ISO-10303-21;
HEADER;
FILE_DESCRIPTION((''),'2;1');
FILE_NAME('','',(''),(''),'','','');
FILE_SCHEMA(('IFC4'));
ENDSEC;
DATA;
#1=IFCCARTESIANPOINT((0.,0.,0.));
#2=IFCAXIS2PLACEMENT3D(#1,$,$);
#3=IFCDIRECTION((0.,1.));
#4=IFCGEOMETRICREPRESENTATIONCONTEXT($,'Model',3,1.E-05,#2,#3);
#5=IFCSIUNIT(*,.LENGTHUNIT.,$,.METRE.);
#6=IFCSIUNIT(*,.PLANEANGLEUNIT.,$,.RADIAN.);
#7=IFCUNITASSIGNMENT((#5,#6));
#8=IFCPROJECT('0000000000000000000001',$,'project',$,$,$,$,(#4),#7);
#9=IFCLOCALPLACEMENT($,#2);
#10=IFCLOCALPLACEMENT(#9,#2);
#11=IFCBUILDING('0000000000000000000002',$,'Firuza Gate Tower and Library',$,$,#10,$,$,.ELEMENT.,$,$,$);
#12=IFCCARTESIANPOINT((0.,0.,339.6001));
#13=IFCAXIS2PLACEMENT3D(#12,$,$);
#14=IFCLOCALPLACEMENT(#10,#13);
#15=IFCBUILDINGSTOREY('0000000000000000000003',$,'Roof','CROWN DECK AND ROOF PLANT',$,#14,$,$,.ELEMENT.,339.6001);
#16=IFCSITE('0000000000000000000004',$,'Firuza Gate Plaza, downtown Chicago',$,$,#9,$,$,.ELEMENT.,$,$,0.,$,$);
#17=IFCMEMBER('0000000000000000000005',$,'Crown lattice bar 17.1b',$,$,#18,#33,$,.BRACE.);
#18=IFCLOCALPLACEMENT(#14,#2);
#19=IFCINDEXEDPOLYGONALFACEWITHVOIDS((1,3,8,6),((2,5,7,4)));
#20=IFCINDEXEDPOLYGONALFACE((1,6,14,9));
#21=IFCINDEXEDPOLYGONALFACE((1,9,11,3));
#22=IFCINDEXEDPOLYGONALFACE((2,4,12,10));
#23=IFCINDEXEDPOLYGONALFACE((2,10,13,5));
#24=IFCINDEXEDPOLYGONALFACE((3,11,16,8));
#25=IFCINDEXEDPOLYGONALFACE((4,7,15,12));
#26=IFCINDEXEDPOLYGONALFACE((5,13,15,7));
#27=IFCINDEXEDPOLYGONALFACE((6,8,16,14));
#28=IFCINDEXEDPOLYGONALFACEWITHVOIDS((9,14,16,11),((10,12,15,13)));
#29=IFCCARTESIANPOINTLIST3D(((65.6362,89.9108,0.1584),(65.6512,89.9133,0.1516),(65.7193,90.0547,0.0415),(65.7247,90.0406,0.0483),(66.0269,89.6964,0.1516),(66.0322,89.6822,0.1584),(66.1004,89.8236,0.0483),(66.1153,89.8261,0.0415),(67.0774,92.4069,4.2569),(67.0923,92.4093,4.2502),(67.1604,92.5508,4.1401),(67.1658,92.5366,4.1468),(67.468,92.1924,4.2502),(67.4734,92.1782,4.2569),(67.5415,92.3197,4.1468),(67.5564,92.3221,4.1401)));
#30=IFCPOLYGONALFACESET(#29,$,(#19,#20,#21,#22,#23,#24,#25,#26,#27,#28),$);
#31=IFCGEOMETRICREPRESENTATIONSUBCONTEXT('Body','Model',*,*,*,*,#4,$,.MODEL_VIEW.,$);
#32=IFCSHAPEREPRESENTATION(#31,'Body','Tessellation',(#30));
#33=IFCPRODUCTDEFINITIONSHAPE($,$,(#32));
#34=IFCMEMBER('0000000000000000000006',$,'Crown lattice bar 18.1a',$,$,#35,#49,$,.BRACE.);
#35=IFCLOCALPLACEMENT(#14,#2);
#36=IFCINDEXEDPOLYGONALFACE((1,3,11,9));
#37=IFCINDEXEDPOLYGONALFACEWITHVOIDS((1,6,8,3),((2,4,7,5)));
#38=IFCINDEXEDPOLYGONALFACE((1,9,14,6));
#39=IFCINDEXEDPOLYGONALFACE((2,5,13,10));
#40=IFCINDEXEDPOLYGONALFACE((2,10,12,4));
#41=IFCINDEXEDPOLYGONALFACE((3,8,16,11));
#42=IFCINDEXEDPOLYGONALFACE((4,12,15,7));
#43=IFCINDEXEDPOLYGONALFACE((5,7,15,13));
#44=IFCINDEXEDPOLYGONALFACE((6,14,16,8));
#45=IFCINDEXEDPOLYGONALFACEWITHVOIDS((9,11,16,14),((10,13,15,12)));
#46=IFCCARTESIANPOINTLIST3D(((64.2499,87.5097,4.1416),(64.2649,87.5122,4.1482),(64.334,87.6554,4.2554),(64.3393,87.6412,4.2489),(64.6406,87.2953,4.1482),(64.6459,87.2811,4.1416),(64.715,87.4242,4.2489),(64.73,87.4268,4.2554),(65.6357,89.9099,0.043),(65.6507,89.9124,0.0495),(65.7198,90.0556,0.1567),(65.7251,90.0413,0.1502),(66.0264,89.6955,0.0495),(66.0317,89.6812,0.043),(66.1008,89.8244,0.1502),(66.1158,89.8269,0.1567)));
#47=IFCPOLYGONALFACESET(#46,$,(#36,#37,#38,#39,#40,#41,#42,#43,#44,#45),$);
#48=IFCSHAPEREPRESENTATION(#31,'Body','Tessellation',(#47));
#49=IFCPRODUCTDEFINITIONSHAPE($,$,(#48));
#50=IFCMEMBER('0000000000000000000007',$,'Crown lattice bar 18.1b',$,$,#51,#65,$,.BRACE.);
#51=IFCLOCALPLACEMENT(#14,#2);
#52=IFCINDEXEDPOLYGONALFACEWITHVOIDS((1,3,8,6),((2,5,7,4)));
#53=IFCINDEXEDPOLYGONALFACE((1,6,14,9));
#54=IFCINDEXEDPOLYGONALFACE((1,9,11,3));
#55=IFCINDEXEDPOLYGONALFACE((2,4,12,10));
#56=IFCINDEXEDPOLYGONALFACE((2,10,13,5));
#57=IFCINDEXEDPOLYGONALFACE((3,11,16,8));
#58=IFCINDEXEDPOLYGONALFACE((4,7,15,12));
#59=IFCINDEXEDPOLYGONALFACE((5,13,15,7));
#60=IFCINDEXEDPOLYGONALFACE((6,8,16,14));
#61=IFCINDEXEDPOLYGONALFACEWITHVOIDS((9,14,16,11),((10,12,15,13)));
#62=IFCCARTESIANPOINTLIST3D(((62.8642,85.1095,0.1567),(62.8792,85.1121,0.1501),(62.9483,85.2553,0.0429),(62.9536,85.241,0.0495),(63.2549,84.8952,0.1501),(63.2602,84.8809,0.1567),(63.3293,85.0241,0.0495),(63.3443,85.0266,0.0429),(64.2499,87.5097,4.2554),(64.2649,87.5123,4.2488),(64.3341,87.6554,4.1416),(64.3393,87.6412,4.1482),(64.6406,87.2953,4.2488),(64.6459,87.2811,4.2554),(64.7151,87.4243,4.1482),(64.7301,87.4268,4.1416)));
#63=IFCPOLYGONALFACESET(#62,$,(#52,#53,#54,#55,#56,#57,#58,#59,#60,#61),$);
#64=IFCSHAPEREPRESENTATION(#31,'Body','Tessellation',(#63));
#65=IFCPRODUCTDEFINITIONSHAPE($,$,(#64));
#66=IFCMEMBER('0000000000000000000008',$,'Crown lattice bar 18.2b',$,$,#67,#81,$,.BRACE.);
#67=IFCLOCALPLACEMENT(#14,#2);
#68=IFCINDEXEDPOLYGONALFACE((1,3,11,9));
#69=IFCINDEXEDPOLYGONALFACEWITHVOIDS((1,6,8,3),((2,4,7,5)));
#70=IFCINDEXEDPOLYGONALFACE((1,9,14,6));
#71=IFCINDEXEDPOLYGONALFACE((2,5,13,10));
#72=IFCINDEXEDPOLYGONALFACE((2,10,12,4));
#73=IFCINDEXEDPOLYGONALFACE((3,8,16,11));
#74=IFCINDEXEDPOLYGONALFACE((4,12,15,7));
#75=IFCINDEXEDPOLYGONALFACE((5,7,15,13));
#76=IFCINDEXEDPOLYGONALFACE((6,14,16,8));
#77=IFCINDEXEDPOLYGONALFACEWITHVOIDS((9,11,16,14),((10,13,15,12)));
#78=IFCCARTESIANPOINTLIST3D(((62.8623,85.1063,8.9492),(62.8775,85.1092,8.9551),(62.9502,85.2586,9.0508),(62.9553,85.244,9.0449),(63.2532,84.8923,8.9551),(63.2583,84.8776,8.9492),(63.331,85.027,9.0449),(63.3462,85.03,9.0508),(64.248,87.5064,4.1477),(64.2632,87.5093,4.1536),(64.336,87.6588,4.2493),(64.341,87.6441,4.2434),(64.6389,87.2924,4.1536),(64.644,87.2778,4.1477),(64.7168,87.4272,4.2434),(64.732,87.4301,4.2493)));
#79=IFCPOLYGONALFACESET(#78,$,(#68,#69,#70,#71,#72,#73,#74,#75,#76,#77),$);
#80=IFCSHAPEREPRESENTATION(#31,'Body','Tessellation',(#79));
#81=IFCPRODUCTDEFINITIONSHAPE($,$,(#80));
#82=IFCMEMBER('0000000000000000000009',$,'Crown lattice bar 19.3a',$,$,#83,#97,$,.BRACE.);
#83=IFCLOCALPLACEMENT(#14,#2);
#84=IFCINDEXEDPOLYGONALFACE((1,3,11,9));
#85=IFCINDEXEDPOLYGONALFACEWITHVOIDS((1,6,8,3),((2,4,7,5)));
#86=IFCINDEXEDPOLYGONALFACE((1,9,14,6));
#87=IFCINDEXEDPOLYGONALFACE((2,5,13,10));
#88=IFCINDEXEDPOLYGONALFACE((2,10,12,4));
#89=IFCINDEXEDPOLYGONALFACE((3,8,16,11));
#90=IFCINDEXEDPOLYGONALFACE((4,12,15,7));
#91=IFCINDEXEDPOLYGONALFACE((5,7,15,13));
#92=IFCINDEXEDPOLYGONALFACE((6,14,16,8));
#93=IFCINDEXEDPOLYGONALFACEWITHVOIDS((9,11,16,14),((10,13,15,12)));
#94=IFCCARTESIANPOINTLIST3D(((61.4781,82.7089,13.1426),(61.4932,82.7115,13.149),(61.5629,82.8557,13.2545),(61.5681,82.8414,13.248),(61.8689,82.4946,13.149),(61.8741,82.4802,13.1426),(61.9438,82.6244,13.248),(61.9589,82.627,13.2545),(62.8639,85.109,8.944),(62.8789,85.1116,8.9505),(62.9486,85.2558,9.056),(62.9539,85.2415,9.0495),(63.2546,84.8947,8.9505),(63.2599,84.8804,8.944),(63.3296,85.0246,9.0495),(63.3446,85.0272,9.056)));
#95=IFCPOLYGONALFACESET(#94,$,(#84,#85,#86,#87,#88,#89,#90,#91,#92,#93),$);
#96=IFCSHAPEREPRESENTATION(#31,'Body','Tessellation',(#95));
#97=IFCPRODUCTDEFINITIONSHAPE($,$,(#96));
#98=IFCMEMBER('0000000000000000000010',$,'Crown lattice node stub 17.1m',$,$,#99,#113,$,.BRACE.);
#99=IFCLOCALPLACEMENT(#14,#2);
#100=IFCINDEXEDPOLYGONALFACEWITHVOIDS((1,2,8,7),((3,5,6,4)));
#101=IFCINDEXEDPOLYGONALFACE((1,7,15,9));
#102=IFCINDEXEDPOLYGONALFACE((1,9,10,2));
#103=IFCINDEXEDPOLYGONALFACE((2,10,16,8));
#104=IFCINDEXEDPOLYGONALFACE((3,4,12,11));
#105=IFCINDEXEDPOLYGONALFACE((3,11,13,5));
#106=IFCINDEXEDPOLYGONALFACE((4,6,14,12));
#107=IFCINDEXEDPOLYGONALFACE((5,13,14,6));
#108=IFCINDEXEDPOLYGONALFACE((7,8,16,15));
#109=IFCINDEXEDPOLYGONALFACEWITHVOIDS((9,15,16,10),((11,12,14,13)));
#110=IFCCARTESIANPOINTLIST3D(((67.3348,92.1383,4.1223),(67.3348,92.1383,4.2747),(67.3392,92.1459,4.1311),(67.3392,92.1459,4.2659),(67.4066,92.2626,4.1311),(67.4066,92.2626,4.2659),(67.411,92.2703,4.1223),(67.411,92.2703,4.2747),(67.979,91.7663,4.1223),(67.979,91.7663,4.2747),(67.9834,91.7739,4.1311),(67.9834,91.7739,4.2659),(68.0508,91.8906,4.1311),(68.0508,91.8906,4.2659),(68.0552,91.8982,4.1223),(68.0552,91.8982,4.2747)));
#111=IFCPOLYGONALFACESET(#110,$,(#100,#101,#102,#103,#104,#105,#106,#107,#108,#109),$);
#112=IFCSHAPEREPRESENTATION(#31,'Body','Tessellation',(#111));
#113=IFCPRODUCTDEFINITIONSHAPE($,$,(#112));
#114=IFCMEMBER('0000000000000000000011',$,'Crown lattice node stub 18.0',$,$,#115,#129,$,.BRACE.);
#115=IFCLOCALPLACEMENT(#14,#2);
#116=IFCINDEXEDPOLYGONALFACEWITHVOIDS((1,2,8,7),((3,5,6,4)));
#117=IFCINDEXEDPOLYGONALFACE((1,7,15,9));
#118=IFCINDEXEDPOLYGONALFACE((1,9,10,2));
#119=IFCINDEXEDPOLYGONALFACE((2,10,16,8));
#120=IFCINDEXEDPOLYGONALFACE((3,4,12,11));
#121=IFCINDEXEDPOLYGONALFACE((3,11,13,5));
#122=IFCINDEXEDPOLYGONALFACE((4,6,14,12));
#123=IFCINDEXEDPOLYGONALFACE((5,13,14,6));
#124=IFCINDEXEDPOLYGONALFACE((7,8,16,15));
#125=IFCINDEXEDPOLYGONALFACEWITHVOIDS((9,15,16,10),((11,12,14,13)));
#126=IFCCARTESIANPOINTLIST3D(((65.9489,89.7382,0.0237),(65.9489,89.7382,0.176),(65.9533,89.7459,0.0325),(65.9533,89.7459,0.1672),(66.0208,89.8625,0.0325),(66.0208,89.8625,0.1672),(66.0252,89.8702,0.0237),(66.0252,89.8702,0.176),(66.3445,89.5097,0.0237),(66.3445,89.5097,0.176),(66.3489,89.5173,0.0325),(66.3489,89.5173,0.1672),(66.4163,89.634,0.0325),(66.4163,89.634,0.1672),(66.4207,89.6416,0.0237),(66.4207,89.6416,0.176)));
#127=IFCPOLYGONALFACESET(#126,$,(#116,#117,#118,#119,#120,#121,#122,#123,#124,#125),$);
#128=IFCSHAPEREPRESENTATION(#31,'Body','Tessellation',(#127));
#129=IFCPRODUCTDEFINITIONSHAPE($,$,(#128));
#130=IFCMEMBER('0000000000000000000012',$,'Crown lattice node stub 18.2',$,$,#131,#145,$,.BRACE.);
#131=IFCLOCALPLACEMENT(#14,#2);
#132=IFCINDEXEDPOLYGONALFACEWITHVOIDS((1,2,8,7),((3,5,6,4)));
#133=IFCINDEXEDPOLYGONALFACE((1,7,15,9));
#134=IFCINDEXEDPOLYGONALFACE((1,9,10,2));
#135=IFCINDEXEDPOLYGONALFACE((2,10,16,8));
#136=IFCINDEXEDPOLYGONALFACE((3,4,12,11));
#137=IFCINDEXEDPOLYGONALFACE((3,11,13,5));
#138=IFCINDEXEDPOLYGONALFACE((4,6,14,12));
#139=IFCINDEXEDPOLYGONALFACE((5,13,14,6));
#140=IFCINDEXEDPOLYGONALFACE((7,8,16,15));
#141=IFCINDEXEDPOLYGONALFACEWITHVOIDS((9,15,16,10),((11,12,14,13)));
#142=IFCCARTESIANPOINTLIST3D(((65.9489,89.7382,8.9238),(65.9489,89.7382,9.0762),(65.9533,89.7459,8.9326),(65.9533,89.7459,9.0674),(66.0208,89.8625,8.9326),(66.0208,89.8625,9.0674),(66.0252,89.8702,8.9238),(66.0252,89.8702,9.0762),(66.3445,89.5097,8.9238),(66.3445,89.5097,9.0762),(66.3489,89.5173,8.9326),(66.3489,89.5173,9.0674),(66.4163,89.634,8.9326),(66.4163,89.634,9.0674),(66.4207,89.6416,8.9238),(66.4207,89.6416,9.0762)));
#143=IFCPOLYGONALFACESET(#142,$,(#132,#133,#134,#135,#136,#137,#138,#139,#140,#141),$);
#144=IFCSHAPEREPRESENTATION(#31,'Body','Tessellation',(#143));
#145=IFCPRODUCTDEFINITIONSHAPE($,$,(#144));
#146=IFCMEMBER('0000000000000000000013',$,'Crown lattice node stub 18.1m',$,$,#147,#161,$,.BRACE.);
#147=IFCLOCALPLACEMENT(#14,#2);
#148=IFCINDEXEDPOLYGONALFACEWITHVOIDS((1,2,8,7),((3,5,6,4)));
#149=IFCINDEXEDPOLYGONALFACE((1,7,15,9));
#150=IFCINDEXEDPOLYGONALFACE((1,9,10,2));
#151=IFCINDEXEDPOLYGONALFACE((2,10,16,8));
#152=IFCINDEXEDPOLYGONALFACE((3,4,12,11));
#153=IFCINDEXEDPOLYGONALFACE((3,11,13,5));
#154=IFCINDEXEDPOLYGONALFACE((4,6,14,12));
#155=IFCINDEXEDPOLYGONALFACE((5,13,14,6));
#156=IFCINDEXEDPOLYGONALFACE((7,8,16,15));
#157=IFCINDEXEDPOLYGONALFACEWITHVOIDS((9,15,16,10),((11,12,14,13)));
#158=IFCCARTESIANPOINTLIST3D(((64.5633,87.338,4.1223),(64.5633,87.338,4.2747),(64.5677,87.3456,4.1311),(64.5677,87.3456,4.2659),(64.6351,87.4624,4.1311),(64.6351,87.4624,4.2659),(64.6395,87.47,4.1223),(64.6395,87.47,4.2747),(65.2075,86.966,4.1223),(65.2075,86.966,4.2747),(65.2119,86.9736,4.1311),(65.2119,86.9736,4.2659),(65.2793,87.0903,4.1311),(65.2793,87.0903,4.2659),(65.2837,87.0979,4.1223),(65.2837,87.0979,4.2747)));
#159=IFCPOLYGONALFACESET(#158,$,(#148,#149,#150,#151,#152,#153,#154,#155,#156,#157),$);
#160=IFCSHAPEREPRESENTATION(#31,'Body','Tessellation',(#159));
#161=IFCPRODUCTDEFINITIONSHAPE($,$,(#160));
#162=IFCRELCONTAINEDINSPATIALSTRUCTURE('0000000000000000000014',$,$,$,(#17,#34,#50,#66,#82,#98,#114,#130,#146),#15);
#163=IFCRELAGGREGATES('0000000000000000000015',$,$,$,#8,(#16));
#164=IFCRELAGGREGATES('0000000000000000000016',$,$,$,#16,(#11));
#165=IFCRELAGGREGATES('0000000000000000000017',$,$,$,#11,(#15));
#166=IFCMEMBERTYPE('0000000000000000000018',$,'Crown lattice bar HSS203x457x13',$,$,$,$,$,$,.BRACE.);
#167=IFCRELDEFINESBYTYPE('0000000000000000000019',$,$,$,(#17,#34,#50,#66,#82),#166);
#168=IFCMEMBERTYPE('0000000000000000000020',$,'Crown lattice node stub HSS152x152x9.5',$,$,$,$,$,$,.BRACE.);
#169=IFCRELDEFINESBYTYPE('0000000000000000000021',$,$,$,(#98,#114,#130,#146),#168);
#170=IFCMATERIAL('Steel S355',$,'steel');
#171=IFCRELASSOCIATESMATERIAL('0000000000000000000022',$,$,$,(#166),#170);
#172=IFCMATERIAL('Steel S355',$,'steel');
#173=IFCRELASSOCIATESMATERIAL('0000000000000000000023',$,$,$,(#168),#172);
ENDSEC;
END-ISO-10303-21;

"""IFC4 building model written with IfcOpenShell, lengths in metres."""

from ifc_helpers import new_model, si_unit, direction, frame, origin, origin_2d, place, context, subcontext, project, spatial, hollow_rectangle, extrude, material, material_profile, profile_set, type_object, element, save


model = new_model("IFC4")

# Units and contexts
model_context = context("Model", 3, precision=1e-05, world=origin(), true_north=direction((0.0, 1.0)))
body_context = subcontext(model_context, "Body", "Model", "MODEL_VIEW")
ifc_project = project(units=[si_unit("LENGTHUNIT", "METRE"), si_unit("PLANEANGLEUNIT", "RADIAN")], contexts=[model_context])

# Site, building, storey
site_placement = place(None, origin())
site = spatial("IfcSite", under=ifc_project, at=site_placement, Name="Firuza Gate Plaza, downtown Chicago", CompositionType="ELEMENT", RefElevation=0.0)
building_placement = place(site_placement, origin())
building = spatial("IfcBuilding", under=site, at=building_placement, Name="Firuza Gate Tower and Library", CompositionType="ELEMENT")
storey_placement = place(building_placement, frame((0.0, 0.0, 339.6001)))
storey = spatial("IfcBuildingStorey", under=building, at=storey_placement, Name="Roof", Description="CROWN DECK AND ROOF PLANT", CompositionType="ELEMENT", Elevation=339.6001)

# Members
ifc_material_1 = material(Name="Steel S355", Category="steel")
ifc_material_profile_1 = material_profile(ifc_material_1, hollow_rectangle(XDim=0.4573, YDim=0.2031, WallThickness=0.0117, at=origin_2d()))
ifc_profile_set_1 = profile_set([ifc_material_profile_1], Name="Steel S355")
member_type_1 = type_object("IfcMemberType", Name="Crown lattice bar HSS203x457x13", PredefinedType="BRACE", material=ifc_profile_set_1)
member_1_placement = place(storey_placement, frame((67.3169, 92.3645, 4.1985), z_axis=(-0.287622, -0.498162, -0.817991), x_axis=(0.866019, -0.500011, 0.0)))
element("IfcMember", 1, at=member_1_placement, inside=storey, type_object=member_type_1, Name="Crown lattice bar 17.1b", PredefinedType="BRACE", context=body_context, shape_type="SweptSolid", body=[
    extrude(hollow_rectangle(XDim=0.4573, YDim=0.2031, WallThickness=0.0117, at=origin_2d()), origin(), (0.0, 0.0, 1.0), 5.0105),
])
for number, where, z_axis, x_axis, name in (
    (2, (65.8757, 89.8684, 0.0999), (-0.280078, -0.485103, 0.828391), (0.866023, -0.500005, 0.0), "Crown lattice bar 18.1a"),
    (3, (64.49, 87.4683, 4.1985), (-0.280078, -0.485103, -0.828391), (0.866023, -0.500005, 0.0), "Crown lattice bar 18.1b"),
):
    element("IfcMember", number, at=place(storey_placement, frame(where, z_axis=z_axis, x_axis=x_axis)), inside=storey, type_object=member_type_1, Name=name, PredefinedType="BRACE", context=body_context, shape_type="SweptSolid", body=[
        extrude(hollow_rectangle(XDim=0.4573, YDim=0.2031, WallThickness=0.0117, at=origin_2d()), origin(), (0.0, 0.0, 1.0), 4.9478),
    ])
member_2_placement = place(storey_placement, frame((64.49, 87.4683, 4.1985), z_axis=(-0.249955, -0.43293, 0.86608), x_axis=(0.866023, -0.500005, 0.0)))
element("IfcMember", 4, at=member_2_placement, inside=storey, type_object=member_type_1, Name="Crown lattice bar 18.2b", PredefinedType="BRACE", context=body_context, shape_type="SweptSolid", body=[
    extrude(hollow_rectangle(XDim=0.4573, YDim=0.2031, WallThickness=0.0117, at=origin_2d()), origin(), (0.0, 0.0, 1.0), 5.5439),
])
member_3_placement = place(storey_placement, frame((63.1042, 85.0681, 9.0), z_axis=(-0.275455, -0.477097, 0.834568), x_axis=(0.866023, -0.500005, 0.0)))
element("IfcMember", 5, at=member_3_placement, inside=storey, type_object=member_type_1, Name="Crown lattice bar 19.3a", PredefinedType="BRACE", context=body_context, shape_type="SweptSolid", body=[
    extrude(hollow_rectangle(XDim=0.4573, YDim=0.2031, WallThickness=0.0117, at=origin_2d()), origin(), (0.0, 0.0, 1.0), 5.0308),
])
ifc_material_2 = material(Name="Steel S355", Category="steel")
ifc_material_profile_2 = material_profile(ifc_material_2, hollow_rectangle(XDim=0.1523, YDim=0.1523, WallThickness=0.0088, at=origin_2d()))
ifc_profile_set_2 = profile_set([ifc_material_profile_2], Name="Steel S355")
member_type_2 = type_object("IfcMemberType", Name="Crown lattice node stub HSS152x152x9.5", PredefinedType="BRACE", material=ifc_profile_set_2)
member_4_placement = place(storey_placement, frame((68.0171, 91.8323, 4.1985), z_axis=(-0.865972, 0.500092, 0.0), x_axis=(-0.500092, -0.865972, 0.0)))
element("IfcMember", 6, at=member_4_placement, inside=storey, type_object=member_type_2, Name="Crown lattice node stub 17.1m", PredefinedType="BRACE", context=body_context, shape_type="SweptSolid", body=[
    extrude(hollow_rectangle(XDim=0.1523, YDim=0.1523, WallThickness=0.0088, at=origin_2d()), origin(), (0.0, 0.0, 1.0), 0.7439),
])
for number, where, z_axis, x_axis, name in (
    (7, (66.3826, 89.5757, 0.0999), (-0.865865, 0.500278, 0.0), (-0.500278, -0.865865, 0.0), "Crown lattice node stub 18.0"),
    (8, (66.3826, 89.5757, 9.0), (-0.865865, 0.500278, 0.0), (-0.500278, -0.865865, 0.0), "Crown lattice node stub 18.2"),
):
    element("IfcMember", number, at=place(storey_placement, frame(where, z_axis=z_axis, x_axis=x_axis)), inside=storey, type_object=member_type_2, Name=name, PredefinedType="BRACE", context=body_context, shape_type="SweptSolid", body=[
        extrude(hollow_rectangle(XDim=0.1523, YDim=0.1523, WallThickness=0.0088, at=origin_2d()), origin(), (0.0, 0.0, 1.0), 0.4568),
    ])
member_5_placement = place(storey_placement, frame((65.2456, 87.032, 4.1985), z_axis=(-0.865972, 0.500092, 0.0), x_axis=(-0.500092, -0.865972, 0.0)))
element("IfcMember", 9, at=member_5_placement, inside=storey, type_object=member_type_2, Name="Crown lattice node stub 18.1m", PredefinedType="BRACE", context=body_context, shape_type="SweptSolid", body=[
    extrude(hollow_rectangle(XDim=0.1523, YDim=0.1523, WallThickness=0.0088, at=origin_2d()), origin(), (0.0, 0.0, 1.0), 0.7439),
])

save(model, "model.ifc")
